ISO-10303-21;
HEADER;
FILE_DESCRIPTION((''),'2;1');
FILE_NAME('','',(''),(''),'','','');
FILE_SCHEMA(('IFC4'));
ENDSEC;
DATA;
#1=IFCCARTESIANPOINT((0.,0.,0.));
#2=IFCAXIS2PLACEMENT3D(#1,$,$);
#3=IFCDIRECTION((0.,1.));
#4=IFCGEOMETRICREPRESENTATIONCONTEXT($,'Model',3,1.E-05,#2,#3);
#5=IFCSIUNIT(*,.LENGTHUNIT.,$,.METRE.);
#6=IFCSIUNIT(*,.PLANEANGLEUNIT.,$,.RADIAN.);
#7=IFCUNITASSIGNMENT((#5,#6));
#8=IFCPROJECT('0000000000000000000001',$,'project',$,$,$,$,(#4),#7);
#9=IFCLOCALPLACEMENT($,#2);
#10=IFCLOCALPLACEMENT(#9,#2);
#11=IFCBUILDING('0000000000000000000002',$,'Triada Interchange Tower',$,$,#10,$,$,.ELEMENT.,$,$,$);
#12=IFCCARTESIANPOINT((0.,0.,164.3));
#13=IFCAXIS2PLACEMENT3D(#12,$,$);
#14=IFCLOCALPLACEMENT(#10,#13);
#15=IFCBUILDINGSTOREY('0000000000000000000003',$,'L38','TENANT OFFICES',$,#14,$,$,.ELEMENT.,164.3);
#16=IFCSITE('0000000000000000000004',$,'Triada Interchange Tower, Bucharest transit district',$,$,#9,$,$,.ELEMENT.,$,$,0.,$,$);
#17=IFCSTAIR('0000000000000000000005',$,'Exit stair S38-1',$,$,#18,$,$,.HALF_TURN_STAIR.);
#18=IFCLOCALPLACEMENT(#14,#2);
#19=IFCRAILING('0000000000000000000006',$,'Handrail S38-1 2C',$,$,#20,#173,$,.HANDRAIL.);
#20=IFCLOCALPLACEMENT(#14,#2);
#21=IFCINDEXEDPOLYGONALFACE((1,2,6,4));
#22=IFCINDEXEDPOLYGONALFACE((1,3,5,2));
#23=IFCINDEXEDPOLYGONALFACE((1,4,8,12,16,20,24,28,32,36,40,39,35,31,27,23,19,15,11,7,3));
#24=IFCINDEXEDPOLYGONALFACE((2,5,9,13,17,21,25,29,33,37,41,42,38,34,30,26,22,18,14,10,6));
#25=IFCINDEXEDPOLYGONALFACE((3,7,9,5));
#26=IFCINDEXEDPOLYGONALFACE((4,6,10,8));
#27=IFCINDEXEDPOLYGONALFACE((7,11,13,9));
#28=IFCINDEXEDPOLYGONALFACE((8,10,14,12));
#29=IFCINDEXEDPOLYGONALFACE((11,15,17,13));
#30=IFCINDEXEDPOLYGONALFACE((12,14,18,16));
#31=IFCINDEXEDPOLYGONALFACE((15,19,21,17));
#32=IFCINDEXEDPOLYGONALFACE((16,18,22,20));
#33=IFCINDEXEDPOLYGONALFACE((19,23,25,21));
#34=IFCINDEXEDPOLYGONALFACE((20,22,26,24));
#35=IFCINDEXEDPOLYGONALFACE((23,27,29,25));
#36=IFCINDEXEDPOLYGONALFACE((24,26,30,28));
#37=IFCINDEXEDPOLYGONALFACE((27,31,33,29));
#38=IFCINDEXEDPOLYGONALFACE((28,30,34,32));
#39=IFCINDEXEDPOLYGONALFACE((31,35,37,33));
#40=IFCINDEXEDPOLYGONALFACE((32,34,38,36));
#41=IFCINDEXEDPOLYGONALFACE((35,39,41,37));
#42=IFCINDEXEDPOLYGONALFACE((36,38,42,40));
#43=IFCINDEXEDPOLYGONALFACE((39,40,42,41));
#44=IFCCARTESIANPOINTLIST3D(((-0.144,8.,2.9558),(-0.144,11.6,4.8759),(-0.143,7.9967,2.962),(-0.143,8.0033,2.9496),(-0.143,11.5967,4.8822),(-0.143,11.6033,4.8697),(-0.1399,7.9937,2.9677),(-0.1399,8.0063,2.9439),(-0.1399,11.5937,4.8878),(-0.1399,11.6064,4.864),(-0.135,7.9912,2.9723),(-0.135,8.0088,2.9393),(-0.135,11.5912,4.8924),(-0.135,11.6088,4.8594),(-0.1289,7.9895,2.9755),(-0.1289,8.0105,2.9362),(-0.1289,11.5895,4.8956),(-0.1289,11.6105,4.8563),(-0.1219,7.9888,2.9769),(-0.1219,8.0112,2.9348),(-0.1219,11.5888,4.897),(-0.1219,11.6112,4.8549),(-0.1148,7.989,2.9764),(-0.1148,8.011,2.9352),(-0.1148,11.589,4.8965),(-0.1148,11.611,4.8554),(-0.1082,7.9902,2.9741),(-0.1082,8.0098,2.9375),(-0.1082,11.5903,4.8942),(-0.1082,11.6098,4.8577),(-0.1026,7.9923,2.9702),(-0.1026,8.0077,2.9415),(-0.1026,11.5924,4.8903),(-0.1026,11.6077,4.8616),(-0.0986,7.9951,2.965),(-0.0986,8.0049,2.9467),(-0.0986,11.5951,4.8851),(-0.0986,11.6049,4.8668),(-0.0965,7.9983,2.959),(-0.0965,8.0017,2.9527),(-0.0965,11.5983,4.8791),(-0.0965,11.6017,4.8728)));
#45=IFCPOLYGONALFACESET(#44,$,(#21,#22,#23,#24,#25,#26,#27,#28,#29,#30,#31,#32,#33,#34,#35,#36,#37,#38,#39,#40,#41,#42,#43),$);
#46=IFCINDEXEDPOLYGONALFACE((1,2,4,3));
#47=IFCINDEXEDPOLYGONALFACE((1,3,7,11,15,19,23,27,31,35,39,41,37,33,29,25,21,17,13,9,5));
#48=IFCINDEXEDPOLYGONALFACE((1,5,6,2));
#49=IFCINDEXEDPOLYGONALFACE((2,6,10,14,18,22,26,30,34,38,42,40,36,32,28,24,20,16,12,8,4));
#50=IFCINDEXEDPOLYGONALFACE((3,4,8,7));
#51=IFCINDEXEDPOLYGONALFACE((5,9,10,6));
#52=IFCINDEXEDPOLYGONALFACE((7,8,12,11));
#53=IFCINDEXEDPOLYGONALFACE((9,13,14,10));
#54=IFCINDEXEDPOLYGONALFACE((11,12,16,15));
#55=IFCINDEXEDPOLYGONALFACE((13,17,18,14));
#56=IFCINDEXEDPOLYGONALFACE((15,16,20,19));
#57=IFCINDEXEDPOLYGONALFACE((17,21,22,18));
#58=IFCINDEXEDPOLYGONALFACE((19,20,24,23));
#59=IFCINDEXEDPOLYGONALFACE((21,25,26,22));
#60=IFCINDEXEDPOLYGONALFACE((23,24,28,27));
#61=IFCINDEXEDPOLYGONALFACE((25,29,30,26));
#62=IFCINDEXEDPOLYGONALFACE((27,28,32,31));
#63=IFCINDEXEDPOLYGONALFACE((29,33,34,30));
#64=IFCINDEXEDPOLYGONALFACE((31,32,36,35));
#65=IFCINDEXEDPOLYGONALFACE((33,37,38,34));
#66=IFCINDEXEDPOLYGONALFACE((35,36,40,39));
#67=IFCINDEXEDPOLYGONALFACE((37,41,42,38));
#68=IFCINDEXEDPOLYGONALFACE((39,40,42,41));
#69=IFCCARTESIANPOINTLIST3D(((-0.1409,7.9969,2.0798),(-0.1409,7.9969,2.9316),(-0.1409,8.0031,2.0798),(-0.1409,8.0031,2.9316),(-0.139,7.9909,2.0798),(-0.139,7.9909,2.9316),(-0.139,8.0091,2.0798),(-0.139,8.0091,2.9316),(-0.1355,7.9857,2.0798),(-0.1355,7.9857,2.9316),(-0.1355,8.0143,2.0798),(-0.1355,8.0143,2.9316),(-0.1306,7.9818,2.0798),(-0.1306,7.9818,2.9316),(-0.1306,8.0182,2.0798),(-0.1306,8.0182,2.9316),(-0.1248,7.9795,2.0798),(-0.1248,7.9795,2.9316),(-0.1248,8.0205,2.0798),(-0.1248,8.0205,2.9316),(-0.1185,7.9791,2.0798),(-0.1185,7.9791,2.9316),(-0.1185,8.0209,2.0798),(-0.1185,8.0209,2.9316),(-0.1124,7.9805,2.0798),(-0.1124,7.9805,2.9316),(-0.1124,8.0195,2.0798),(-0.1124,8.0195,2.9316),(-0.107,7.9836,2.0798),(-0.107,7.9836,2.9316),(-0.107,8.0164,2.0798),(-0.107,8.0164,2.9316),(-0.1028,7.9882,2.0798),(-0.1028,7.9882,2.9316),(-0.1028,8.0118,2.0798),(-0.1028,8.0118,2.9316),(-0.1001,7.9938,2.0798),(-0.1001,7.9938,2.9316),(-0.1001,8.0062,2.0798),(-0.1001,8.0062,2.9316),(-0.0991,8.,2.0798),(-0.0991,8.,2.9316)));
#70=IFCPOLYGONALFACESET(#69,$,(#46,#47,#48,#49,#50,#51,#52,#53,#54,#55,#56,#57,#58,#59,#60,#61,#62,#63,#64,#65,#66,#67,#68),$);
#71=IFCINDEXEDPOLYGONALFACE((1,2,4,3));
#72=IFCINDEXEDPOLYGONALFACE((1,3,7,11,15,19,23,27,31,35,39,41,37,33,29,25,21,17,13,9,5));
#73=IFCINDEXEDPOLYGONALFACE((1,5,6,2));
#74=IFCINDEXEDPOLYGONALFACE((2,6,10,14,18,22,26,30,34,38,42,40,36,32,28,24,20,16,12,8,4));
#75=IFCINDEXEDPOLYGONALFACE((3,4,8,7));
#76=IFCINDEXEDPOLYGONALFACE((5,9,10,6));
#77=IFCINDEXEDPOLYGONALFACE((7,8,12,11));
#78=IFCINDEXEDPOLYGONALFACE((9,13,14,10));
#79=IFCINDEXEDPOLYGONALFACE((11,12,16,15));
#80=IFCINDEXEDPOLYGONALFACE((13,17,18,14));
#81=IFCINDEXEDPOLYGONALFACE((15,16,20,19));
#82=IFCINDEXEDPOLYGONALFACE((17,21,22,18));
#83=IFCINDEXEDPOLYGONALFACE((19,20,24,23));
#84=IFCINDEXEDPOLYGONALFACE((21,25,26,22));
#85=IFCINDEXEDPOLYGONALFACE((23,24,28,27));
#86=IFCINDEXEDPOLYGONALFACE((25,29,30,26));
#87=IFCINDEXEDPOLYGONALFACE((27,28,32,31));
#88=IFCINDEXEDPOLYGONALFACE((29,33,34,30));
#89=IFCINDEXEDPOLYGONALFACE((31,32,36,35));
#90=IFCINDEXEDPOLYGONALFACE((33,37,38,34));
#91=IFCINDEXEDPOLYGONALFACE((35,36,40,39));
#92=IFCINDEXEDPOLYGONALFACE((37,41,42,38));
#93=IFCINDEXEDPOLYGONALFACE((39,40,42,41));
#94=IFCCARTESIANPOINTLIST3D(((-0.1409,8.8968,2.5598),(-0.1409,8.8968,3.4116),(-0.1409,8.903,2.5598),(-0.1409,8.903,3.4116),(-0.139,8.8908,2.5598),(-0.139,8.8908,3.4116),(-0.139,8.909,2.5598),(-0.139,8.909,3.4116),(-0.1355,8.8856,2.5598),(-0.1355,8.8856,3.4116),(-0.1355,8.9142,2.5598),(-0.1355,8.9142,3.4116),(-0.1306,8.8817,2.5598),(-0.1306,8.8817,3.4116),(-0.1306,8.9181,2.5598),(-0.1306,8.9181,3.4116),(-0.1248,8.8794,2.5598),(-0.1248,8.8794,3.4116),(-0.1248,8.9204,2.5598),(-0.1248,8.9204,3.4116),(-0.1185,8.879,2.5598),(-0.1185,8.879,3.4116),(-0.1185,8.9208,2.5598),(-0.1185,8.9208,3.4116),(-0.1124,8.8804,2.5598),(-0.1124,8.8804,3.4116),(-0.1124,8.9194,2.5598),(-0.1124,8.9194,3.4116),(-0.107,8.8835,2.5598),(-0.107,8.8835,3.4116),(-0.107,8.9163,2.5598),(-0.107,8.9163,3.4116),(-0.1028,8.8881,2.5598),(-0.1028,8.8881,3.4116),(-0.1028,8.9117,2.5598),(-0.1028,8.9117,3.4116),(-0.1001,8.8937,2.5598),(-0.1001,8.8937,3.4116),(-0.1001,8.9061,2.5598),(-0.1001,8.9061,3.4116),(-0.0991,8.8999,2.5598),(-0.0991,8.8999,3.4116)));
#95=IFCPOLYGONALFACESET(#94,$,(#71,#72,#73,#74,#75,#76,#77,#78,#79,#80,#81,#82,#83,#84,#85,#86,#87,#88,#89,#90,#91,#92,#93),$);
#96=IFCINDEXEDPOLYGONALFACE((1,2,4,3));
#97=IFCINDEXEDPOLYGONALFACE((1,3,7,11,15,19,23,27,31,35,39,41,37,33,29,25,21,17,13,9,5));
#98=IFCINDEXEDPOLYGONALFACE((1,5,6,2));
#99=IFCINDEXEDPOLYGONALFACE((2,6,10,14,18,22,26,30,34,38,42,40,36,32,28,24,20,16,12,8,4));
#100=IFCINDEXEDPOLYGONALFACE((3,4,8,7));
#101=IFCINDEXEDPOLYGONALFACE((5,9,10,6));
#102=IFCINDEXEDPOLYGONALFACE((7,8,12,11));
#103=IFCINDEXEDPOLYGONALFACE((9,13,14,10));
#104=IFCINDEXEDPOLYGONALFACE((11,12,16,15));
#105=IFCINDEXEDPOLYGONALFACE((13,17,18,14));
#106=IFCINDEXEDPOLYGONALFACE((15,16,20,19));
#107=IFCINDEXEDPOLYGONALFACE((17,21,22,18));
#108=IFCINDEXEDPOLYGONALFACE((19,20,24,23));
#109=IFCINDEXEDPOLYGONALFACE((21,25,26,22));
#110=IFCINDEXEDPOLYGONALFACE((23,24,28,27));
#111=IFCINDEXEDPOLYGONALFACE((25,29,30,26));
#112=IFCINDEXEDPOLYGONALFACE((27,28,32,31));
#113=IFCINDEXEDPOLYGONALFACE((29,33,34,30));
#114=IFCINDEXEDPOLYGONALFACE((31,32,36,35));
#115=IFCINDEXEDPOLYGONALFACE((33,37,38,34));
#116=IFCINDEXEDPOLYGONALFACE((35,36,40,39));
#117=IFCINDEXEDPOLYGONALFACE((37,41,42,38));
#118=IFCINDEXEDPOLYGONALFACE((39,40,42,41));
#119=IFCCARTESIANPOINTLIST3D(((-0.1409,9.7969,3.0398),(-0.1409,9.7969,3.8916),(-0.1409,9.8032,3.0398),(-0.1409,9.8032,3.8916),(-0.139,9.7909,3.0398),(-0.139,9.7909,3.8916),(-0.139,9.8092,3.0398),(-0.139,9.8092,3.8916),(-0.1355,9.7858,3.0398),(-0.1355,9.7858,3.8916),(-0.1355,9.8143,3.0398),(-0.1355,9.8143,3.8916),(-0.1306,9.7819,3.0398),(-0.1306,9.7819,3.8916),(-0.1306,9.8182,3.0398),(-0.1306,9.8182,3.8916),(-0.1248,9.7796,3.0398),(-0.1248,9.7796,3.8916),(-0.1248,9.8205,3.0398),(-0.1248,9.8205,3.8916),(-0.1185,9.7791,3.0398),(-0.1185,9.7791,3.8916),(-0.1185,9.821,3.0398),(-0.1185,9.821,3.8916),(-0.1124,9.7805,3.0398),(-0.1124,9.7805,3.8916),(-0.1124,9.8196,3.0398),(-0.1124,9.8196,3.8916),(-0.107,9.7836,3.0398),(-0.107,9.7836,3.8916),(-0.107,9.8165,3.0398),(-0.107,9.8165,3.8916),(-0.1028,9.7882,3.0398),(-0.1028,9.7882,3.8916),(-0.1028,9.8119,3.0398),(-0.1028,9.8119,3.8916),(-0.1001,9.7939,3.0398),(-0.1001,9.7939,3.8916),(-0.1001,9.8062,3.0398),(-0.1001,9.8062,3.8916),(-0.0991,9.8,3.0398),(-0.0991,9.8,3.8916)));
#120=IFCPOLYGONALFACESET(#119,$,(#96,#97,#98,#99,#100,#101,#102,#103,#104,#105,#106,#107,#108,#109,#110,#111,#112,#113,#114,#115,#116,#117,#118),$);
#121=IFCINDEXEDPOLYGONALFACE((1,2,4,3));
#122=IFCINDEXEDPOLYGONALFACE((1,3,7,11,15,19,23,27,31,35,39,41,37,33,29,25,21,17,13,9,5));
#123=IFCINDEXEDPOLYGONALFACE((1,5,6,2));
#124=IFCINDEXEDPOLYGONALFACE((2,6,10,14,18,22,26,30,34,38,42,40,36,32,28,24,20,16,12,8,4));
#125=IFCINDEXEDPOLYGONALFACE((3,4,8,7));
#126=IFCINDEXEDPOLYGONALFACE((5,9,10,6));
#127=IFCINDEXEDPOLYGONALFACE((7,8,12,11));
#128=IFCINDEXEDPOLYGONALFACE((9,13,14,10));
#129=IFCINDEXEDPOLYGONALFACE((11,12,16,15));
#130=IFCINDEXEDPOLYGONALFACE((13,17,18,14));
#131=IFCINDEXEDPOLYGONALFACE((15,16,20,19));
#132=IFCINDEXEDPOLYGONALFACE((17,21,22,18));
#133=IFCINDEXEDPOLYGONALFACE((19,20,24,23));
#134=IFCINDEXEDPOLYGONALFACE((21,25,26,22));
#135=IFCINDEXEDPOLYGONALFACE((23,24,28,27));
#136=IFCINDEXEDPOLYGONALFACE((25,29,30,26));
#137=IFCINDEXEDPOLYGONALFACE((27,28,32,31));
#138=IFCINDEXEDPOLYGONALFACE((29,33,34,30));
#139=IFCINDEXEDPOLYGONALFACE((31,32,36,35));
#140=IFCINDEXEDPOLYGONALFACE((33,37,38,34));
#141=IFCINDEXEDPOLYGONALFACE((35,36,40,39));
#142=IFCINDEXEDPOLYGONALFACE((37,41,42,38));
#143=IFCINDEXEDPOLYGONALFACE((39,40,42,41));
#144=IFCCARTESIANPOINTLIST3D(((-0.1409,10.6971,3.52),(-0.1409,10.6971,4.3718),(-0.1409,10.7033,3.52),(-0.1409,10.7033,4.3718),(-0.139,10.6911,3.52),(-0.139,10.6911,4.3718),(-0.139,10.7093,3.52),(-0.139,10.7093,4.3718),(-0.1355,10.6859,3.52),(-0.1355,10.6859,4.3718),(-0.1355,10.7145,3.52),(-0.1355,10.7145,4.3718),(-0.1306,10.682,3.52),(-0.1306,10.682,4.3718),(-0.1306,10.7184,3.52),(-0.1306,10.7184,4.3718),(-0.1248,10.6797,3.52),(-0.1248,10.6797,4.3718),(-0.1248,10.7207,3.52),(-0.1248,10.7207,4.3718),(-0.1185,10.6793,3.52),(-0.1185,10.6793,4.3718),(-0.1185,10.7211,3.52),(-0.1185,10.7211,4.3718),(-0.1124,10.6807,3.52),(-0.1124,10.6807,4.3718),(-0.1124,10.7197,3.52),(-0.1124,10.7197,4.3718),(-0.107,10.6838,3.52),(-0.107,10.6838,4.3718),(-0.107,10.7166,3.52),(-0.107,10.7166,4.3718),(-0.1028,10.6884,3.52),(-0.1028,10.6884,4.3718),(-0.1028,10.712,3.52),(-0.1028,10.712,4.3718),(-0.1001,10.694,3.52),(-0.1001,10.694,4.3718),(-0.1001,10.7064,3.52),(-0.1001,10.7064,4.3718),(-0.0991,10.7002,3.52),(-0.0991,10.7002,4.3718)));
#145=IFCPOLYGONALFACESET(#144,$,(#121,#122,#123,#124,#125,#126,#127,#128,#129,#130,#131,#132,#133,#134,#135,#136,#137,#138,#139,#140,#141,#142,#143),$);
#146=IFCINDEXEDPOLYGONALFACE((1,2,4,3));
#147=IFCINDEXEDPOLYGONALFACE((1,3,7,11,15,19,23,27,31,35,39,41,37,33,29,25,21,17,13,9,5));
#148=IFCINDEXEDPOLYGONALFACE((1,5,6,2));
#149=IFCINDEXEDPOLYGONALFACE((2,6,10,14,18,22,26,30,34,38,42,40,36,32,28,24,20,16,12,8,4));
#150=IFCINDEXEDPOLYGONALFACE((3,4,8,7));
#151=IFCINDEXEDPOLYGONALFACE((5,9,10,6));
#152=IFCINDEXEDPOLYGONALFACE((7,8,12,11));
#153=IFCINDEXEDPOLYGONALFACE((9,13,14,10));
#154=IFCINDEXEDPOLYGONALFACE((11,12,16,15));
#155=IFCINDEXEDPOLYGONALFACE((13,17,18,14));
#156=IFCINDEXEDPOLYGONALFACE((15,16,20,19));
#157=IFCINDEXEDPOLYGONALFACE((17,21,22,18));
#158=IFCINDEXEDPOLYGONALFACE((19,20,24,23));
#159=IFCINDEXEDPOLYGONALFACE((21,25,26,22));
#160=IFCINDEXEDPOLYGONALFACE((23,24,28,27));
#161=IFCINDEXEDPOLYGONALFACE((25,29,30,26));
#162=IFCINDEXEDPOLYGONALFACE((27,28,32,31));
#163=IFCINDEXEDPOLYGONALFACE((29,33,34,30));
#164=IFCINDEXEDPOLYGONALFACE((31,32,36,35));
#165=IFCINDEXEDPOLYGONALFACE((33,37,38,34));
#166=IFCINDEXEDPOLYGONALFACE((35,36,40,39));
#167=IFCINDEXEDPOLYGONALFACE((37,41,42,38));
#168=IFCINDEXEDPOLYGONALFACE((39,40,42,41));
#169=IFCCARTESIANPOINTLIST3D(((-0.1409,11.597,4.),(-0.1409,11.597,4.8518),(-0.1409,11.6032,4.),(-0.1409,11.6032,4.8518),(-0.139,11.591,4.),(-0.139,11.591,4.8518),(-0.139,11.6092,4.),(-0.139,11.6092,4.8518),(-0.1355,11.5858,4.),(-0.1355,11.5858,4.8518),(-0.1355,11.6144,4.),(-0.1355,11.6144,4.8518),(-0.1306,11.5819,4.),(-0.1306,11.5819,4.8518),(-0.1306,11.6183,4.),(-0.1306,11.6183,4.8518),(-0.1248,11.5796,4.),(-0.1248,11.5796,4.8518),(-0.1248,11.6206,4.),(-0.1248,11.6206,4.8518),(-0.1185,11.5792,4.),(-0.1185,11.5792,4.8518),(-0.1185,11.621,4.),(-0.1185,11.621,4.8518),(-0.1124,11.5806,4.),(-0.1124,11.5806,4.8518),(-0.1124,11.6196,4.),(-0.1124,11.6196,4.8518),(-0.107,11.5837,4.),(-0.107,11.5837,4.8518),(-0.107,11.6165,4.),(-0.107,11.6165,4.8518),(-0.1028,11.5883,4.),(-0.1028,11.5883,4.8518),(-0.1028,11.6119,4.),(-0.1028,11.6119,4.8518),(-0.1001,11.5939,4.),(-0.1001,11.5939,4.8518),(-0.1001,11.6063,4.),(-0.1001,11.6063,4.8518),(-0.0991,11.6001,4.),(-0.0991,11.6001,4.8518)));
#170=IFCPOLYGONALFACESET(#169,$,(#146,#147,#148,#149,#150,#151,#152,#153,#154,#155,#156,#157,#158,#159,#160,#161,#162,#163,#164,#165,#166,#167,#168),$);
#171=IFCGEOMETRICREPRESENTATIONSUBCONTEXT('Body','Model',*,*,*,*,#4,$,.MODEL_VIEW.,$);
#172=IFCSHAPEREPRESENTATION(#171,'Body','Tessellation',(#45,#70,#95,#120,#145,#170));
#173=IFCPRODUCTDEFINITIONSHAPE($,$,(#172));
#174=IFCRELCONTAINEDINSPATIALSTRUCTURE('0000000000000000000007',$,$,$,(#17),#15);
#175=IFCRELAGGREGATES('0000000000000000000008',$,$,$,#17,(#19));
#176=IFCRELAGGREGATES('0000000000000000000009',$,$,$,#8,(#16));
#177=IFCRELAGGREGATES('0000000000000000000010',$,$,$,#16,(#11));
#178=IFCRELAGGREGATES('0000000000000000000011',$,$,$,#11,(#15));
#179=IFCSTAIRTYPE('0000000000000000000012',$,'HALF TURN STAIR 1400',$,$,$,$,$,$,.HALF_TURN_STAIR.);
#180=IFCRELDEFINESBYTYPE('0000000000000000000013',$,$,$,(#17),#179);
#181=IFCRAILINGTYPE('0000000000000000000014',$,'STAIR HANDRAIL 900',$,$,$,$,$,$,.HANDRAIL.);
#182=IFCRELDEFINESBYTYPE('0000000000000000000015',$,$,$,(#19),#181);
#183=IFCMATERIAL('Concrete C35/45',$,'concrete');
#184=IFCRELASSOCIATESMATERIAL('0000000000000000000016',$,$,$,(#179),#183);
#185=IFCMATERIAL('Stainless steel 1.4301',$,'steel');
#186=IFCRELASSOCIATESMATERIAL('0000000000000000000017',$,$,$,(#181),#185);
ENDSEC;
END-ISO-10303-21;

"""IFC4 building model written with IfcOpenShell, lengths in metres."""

from ifc_helpers import new_model, si_unit, direction, frame, origin, origin_2d, place, context, subcontext, project, spatial, circle, extrude, material, type_object, element, aggregate, save


model = new_model("IFC4")

# Units and contexts
model_context = context("Model", 3, precision=1e-05, world=origin(), true_north=direction((0.0, 1.0)))
body_context = subcontext(model_context, "Body", "Model", "MODEL_VIEW")
ifc_project = project(units=[si_unit("LENGTHUNIT", "METRE"), si_unit("PLANEANGLEUNIT", "RADIAN")], contexts=[model_context])

# Site, building, storey
site_placement = place(None, origin())
site = spatial("IfcSite", under=ifc_project, at=site_placement, Name="Triada Interchange Tower, Bucharest transit district", CompositionType="ELEMENT", RefElevation=0.0)
building_placement = place(site_placement, origin())
building = spatial("IfcBuilding", under=site, at=building_placement, Name="Triada Interchange Tower", CompositionType="ELEMENT")
storey_placement = place(building_placement, frame((0.0, 0.0, 164.3)))
storey = spatial("IfcBuildingStorey", under=building, at=storey_placement, Name="L38", Description="TENANT OFFICES", CompositionType="ELEMENT", Elevation=164.3)

# Stair, railing
ifc_material_1 = material(Name="Concrete C35/45", Category="concrete")
stair_type = type_object("IfcStairType", Name="HALF TURN STAIR 1400", PredefinedType="HALF_TURN_STAIR", material=ifc_material_1)
stair_placement = place(storey_placement, origin())
stair = element("IfcStair", 1, at=stair_placement, inside=storey, type_object=stair_type, Name="Exit stair S38-1", PredefinedType="HALF_TURN_STAIR")
ifc_material_2 = material(Name="Stainless steel 1.4301", Category="steel")
railing_type = type_object("IfcRailingType", Name="STAIR HANDRAIL 900", PredefinedType="HANDRAIL", material=ifc_material_2)
railing_1_placement = place(storey_placement, frame((-0.1201, 8.0, 2.0798)))
railing_1 = element("IfcRailing", 2, at=railing_1_placement, type_object=railing_type, Name="Handrail S38-1 2C", PredefinedType="HANDRAIL", context=body_context, shape_type="SweptSolid", body=[
    extrude(circle(Radius=0.0239, at=origin_2d()), frame((0.0, 0.0, 0.876), z_axis=(0.0, 0.882341, 0.47061), x_axis=(-1.0, 0.0, 0.0)), (0.0, 0.0, 1.0), 4.0801),
    extrude(circle(Radius=0.021, at=origin_2d()), origin(), (0.0, 0.0, 1.0), 0.8518),
    extrude(circle(Radius=0.021, at=origin_2d()), frame((0.0, 0.8999, 0.48)), (0.0, 0.0, 1.0), 0.8518),
    extrude(circle(Radius=0.021, at=origin_2d()), frame((0.0, 1.8, 0.96)), (0.0, 0.0, 1.0), 0.8518),
    extrude(circle(Radius=0.021, at=origin_2d()), frame((0.0, 2.7002, 1.4402)), (0.0, 0.0, 1.0), 0.8518),
    extrude(circle(Radius=0.021, at=origin_2d()), frame((0.0, 3.6001, 1.9202)), (0.0, 0.0, 1.0), 0.8518),
])
aggregate(stair, [railing_1])

save(model, "model.ifc")
